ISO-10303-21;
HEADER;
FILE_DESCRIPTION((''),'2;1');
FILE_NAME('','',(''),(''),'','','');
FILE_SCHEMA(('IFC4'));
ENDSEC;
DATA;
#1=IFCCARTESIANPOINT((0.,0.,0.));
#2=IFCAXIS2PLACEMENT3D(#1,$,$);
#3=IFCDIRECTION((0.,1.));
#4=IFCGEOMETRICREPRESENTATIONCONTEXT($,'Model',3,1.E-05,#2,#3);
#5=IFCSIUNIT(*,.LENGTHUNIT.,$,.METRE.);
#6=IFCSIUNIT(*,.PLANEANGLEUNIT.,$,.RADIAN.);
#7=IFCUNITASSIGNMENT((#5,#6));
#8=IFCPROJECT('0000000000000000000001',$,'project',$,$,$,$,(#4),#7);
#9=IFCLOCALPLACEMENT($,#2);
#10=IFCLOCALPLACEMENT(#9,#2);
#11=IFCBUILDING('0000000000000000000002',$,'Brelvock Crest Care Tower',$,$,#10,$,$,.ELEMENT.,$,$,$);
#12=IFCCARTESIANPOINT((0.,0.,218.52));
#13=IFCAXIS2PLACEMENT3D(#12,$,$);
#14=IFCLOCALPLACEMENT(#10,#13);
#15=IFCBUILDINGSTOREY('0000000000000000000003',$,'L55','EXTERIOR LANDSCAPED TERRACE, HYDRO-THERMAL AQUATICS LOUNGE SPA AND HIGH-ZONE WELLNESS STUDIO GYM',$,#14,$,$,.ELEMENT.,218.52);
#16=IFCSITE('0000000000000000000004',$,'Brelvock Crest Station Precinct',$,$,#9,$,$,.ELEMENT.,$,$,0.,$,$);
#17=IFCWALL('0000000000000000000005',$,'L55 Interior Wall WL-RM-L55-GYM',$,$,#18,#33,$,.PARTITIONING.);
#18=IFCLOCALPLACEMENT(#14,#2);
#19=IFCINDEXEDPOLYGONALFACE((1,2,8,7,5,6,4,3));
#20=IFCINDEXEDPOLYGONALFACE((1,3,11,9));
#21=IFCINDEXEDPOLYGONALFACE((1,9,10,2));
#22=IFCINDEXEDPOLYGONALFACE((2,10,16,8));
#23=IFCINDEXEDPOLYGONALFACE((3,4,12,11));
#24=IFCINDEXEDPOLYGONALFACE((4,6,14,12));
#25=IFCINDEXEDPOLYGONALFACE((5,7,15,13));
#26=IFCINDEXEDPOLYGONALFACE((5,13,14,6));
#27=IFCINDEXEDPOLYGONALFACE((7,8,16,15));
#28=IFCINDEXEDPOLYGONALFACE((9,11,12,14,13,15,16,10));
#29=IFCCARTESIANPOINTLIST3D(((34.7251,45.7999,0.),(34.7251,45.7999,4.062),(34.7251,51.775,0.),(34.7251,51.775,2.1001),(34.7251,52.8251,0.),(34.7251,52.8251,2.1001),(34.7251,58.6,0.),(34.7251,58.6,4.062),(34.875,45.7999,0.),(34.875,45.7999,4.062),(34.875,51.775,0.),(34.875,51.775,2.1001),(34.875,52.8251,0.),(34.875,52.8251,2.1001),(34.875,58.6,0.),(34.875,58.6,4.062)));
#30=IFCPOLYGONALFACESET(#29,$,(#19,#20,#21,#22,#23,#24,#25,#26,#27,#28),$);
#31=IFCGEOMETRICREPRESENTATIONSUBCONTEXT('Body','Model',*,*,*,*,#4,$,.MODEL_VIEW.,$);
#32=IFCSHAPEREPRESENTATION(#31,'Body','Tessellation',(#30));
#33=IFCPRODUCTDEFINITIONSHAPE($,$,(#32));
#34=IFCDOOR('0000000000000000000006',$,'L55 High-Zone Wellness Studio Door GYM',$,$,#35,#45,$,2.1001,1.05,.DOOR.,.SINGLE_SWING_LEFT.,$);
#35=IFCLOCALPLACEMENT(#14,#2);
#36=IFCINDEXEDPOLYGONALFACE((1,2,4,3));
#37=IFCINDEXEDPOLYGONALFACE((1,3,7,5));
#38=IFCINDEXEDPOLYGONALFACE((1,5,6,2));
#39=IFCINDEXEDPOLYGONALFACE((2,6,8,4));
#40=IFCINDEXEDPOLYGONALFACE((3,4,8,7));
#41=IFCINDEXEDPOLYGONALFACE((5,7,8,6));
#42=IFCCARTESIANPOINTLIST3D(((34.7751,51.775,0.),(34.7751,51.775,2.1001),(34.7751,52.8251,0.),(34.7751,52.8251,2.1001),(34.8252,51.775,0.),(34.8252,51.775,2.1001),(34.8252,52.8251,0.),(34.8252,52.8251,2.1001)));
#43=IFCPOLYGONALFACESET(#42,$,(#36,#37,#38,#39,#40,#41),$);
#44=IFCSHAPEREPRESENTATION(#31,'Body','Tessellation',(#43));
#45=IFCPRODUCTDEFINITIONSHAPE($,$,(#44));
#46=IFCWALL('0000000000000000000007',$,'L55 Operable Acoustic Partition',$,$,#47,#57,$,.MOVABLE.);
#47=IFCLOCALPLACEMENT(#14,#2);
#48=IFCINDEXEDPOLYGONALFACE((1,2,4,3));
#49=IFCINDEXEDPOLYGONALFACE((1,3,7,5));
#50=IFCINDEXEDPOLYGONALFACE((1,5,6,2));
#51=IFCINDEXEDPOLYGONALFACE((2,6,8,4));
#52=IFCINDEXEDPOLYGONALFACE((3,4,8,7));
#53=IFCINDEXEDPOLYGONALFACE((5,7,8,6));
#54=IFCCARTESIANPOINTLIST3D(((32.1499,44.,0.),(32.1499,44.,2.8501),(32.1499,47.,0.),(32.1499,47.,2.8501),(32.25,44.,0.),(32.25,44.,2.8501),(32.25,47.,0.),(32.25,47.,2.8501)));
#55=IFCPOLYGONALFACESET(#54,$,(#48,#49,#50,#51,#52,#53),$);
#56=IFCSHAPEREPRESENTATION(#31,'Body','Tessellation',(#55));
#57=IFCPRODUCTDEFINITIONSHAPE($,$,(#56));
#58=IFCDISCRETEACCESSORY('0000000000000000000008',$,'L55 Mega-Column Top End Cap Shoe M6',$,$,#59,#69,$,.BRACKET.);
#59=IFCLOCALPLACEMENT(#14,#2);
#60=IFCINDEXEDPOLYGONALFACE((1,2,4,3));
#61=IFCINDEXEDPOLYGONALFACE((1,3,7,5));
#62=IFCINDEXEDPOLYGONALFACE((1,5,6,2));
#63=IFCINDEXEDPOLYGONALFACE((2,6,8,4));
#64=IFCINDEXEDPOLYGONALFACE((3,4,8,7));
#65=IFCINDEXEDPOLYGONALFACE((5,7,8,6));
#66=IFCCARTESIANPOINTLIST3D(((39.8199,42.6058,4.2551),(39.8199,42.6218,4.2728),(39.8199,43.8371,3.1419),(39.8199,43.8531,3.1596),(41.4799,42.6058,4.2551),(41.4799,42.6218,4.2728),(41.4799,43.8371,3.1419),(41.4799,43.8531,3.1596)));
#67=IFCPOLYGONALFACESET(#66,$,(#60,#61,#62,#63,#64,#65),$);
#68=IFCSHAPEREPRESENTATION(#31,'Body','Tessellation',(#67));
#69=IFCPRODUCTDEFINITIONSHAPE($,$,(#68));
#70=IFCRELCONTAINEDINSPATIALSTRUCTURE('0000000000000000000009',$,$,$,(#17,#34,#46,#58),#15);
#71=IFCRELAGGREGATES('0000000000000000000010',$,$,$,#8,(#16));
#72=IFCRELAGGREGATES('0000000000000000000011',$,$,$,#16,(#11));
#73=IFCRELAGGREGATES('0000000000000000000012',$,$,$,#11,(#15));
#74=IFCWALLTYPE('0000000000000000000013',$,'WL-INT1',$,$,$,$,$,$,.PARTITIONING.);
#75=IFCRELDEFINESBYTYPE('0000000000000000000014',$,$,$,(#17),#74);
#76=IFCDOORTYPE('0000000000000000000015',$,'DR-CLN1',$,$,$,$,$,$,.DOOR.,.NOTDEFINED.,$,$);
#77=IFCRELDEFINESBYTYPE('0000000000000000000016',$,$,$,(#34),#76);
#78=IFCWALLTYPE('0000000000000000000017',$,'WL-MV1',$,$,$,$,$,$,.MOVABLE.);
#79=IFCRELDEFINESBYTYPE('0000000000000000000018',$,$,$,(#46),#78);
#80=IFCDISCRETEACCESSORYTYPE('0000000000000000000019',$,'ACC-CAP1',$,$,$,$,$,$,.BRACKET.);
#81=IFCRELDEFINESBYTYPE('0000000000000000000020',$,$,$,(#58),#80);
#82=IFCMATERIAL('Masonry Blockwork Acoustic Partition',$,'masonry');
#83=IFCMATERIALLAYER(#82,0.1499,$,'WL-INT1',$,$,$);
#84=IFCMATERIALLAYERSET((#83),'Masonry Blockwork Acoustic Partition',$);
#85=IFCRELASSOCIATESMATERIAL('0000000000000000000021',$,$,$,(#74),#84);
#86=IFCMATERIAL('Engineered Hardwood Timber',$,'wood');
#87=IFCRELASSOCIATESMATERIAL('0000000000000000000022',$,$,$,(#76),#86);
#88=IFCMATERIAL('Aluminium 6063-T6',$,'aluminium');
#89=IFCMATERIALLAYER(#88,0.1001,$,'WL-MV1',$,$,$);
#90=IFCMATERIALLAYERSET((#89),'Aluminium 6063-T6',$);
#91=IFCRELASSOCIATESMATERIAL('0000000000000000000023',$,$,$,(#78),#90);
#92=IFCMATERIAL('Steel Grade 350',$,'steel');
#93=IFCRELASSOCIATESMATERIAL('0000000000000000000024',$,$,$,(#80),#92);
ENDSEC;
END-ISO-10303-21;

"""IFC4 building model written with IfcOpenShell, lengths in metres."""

from ifc_helpers import new_model, si_unit, direction, frame, frame_2d, origin, origin_2d, place, context, subcontext, project, spatial, rectangle, extrude, source, transform, mapped, material, layer, layer_set, material_profile, profile_set, type_object, element, fill, save


model = new_model("IFC4")

# Units and contexts
model_context = context("Model", 3, precision=1e-05, world=origin(), true_north=direction((0.0, 1.0)))
body_context = subcontext(model_context, "Body", "Model", "MODEL_VIEW")
ifc_project = project(units=[si_unit("LENGTHUNIT", "METRE"), si_unit("PLANEANGLEUNIT", "RADIAN")], contexts=[model_context])

# Site, building, storey
site_placement = place(None, origin())
site = spatial("IfcSite", under=ifc_project, at=site_placement, Name="Brelvock Crest Station Precinct", CompositionType="ELEMENT", RefElevation=0.0)
building_placement = place(site_placement, origin())
building = spatial("IfcBuilding", under=site, at=building_placement, Name="Brelvock Crest Care Tower", CompositionType="ELEMENT")
storey_placement = place(building_placement, frame((0.0, 0.0, 218.52)))
storey = spatial("IfcBuildingStorey", under=building, at=storey_placement, Name="L55", Description="EXTERIOR LANDSCAPED TERRACE, HYDRO-THERMAL AQUATICS LOUNGE SPA AND HIGH-ZONE WELLNESS STUDIO GYM", CompositionType="ELEMENT", Elevation=218.52)

# Shared definitions
ifc_material_1 = material(Name="Steel Grade 350", Category="steel")

# Wall, opening, door
ifc_material_2 = material(Name="Masonry Blockwork Acoustic Partition", Category="masonry")
ifc_layer_1 = layer(ifc_material_2, 0.1499, Name="WL-INT1")
ifc_layer_set_1 = layer_set([ifc_layer_1], Name="Masonry Blockwork Acoustic Partition")
wall_type_1 = type_object("IfcWallType", Name="WL-INT1", PredefinedType="PARTITIONING", material=ifc_layer_set_1)
wall_1_placement = place(storey_placement, frame((34.8, 45.8, 0.0), z_axis=(0.0, 0.0, 1.0), x_axis=(0.0, 1.0, 0.0)))
wall_1 = element("IfcWall", 1, at=wall_1_placement, inside=storey, type_object=wall_type_1, Name="L55 Interior Wall WL-RM-L55-GYM", PredefinedType="PARTITIONING", context=body_context, shape_type="SweptSolid", body=[
    extrude(rectangle(XDim=12.8, YDim=0.1499, at=frame_2d((6.3999, 0.0))), origin(), (0.0, 0.0, 1.0), 4.062),
])
opening_placement = place(wall_1_placement, frame((5.9751, 0.0, 0.0)))
opening = element("IfcOpeningElement", 2, at=opening_placement, cuts=wall_1, PredefinedType="OPENING", context=body_context, shape_type="SweptSolid", body=[
    extrude(rectangle(XDim=1.05, YDim=2.1001, at=origin_2d()), frame((0.5249, 0.085, 1.05), z_axis=(0.0, -1.0, 0.0), x_axis=(1.0, 0.0, 0.0)), (0.0, 0.0, 1.0), 0.1699),
])
ifc_material_3 = material(Name="Engineered Hardwood Timber", Category="wood")
door_type = type_object("IfcDoorType", Name="DR-CLN1", OperationType="NOTDEFINED", PredefinedType="DOOR", material=ifc_material_3)
shared_shape_1 = source(origin(), body_context, "Body", "SweptSolid", [
    extrude(rectangle(XDim=1.05, YDim=2.1001, at=origin_2d()), frame((0.5249, 0.0249, 1.05), z_axis=(0.0, -1.0, 0.0), x_axis=(1.0, 0.0, 0.0)), (0.0, 0.0, 1.0), 0.05),
])
door_placement = place(opening_placement, origin())
door = element("IfcDoor", 3, at=door_placement, inside=storey, type_object=door_type, Name="L55 High-Zone Wellness Studio Door GYM", OperationType="SINGLE_SWING_LEFT", OverallHeight=2.1001, OverallWidth=1.05, PredefinedType="DOOR", context=body_context, shape_type="MappedRepresentation", body=[
    mapped(shared_shape_1, transform((0.0, 0.0, 0.0), x_axis=(1.0, 0.0, 0.0), y_axis=(0.0, 1.0, 0.0), z_axis=(0.0, 0.0, 1.0), scale=1.0)),
])
fill(opening, door)

# Wall
ifc_material_4 = material(Name="Aluminium 6063-T6", Category="aluminium")
ifc_layer_2 = layer(ifc_material_4, 0.1001, Name="WL-MV1")
ifc_layer_set_2 = layer_set([ifc_layer_2], Name="Aluminium 6063-T6")
wall_type_2 = type_object("IfcWallType", Name="WL-MV1", PredefinedType="MOVABLE", material=ifc_layer_set_2)
wall_2_placement = place(storey_placement, frame((32.2, 44.0, 0.0), z_axis=(0.0, 0.0, 1.0), x_axis=(0.0, 1.0, 0.0)))
element("IfcWall", 4, at=wall_2_placement, inside=storey, type_object=wall_type_2, Name="L55 Operable Acoustic Partition", PredefinedType="MOVABLE", context=body_context, shape_type="SweptSolid", body=[
    extrude(rectangle(XDim=3.0, YDim=0.1001, at=frame_2d((1.5, 0.0))), origin(), (0.0, 0.0, 1.0), 2.8501),
])

# Discrete accessory
ifc_material_profile_1 = material_profile(ifc_material_1, rectangle(XDim=1.6599, YDim=1.6599, at=origin_2d()), Name="ACC-CAP1")
ifc_profile_set_1 = profile_set([ifc_material_profile_1], Name="Steel Grade 350")
discrete_accessory_type = type_object("IfcDiscreteAccessoryType", Name="ACC-CAP1", PredefinedType="BRACKET", material=ifc_profile_set_1)
shared_shape_2 = source(origin(), body_context, "Body", "SweptSolid", [
    extrude(rectangle(XDim=1.6599, YDim=1.6599, at=origin_2d()), origin(), (0.0, 0.0, 1.0), 0.0239),
])
discrete_accessory_placement = place(storey_placement, frame((40.6499, 43.2214, 3.6985), z_axis=(0.0, 0.670647, 0.741776), x_axis=(-1.0, 0.0, 0.0)))
element("IfcDiscreteAccessory", 5, at=discrete_accessory_placement, inside=storey, type_object=discrete_accessory_type, Name="L55 Mega-Column Top End Cap Shoe M6", PredefinedType="BRACKET", context=body_context, shape_type="MappedRepresentation", body=[
    mapped(shared_shape_2, transform((0.0, 0.0, 0.0), x_axis=(1.0, 0.0, 0.0), y_axis=(0.0, 1.0, 0.0), z_axis=(0.0, 0.0, 1.0), scale=1.0)),
])

save(model, "model.ifc")
